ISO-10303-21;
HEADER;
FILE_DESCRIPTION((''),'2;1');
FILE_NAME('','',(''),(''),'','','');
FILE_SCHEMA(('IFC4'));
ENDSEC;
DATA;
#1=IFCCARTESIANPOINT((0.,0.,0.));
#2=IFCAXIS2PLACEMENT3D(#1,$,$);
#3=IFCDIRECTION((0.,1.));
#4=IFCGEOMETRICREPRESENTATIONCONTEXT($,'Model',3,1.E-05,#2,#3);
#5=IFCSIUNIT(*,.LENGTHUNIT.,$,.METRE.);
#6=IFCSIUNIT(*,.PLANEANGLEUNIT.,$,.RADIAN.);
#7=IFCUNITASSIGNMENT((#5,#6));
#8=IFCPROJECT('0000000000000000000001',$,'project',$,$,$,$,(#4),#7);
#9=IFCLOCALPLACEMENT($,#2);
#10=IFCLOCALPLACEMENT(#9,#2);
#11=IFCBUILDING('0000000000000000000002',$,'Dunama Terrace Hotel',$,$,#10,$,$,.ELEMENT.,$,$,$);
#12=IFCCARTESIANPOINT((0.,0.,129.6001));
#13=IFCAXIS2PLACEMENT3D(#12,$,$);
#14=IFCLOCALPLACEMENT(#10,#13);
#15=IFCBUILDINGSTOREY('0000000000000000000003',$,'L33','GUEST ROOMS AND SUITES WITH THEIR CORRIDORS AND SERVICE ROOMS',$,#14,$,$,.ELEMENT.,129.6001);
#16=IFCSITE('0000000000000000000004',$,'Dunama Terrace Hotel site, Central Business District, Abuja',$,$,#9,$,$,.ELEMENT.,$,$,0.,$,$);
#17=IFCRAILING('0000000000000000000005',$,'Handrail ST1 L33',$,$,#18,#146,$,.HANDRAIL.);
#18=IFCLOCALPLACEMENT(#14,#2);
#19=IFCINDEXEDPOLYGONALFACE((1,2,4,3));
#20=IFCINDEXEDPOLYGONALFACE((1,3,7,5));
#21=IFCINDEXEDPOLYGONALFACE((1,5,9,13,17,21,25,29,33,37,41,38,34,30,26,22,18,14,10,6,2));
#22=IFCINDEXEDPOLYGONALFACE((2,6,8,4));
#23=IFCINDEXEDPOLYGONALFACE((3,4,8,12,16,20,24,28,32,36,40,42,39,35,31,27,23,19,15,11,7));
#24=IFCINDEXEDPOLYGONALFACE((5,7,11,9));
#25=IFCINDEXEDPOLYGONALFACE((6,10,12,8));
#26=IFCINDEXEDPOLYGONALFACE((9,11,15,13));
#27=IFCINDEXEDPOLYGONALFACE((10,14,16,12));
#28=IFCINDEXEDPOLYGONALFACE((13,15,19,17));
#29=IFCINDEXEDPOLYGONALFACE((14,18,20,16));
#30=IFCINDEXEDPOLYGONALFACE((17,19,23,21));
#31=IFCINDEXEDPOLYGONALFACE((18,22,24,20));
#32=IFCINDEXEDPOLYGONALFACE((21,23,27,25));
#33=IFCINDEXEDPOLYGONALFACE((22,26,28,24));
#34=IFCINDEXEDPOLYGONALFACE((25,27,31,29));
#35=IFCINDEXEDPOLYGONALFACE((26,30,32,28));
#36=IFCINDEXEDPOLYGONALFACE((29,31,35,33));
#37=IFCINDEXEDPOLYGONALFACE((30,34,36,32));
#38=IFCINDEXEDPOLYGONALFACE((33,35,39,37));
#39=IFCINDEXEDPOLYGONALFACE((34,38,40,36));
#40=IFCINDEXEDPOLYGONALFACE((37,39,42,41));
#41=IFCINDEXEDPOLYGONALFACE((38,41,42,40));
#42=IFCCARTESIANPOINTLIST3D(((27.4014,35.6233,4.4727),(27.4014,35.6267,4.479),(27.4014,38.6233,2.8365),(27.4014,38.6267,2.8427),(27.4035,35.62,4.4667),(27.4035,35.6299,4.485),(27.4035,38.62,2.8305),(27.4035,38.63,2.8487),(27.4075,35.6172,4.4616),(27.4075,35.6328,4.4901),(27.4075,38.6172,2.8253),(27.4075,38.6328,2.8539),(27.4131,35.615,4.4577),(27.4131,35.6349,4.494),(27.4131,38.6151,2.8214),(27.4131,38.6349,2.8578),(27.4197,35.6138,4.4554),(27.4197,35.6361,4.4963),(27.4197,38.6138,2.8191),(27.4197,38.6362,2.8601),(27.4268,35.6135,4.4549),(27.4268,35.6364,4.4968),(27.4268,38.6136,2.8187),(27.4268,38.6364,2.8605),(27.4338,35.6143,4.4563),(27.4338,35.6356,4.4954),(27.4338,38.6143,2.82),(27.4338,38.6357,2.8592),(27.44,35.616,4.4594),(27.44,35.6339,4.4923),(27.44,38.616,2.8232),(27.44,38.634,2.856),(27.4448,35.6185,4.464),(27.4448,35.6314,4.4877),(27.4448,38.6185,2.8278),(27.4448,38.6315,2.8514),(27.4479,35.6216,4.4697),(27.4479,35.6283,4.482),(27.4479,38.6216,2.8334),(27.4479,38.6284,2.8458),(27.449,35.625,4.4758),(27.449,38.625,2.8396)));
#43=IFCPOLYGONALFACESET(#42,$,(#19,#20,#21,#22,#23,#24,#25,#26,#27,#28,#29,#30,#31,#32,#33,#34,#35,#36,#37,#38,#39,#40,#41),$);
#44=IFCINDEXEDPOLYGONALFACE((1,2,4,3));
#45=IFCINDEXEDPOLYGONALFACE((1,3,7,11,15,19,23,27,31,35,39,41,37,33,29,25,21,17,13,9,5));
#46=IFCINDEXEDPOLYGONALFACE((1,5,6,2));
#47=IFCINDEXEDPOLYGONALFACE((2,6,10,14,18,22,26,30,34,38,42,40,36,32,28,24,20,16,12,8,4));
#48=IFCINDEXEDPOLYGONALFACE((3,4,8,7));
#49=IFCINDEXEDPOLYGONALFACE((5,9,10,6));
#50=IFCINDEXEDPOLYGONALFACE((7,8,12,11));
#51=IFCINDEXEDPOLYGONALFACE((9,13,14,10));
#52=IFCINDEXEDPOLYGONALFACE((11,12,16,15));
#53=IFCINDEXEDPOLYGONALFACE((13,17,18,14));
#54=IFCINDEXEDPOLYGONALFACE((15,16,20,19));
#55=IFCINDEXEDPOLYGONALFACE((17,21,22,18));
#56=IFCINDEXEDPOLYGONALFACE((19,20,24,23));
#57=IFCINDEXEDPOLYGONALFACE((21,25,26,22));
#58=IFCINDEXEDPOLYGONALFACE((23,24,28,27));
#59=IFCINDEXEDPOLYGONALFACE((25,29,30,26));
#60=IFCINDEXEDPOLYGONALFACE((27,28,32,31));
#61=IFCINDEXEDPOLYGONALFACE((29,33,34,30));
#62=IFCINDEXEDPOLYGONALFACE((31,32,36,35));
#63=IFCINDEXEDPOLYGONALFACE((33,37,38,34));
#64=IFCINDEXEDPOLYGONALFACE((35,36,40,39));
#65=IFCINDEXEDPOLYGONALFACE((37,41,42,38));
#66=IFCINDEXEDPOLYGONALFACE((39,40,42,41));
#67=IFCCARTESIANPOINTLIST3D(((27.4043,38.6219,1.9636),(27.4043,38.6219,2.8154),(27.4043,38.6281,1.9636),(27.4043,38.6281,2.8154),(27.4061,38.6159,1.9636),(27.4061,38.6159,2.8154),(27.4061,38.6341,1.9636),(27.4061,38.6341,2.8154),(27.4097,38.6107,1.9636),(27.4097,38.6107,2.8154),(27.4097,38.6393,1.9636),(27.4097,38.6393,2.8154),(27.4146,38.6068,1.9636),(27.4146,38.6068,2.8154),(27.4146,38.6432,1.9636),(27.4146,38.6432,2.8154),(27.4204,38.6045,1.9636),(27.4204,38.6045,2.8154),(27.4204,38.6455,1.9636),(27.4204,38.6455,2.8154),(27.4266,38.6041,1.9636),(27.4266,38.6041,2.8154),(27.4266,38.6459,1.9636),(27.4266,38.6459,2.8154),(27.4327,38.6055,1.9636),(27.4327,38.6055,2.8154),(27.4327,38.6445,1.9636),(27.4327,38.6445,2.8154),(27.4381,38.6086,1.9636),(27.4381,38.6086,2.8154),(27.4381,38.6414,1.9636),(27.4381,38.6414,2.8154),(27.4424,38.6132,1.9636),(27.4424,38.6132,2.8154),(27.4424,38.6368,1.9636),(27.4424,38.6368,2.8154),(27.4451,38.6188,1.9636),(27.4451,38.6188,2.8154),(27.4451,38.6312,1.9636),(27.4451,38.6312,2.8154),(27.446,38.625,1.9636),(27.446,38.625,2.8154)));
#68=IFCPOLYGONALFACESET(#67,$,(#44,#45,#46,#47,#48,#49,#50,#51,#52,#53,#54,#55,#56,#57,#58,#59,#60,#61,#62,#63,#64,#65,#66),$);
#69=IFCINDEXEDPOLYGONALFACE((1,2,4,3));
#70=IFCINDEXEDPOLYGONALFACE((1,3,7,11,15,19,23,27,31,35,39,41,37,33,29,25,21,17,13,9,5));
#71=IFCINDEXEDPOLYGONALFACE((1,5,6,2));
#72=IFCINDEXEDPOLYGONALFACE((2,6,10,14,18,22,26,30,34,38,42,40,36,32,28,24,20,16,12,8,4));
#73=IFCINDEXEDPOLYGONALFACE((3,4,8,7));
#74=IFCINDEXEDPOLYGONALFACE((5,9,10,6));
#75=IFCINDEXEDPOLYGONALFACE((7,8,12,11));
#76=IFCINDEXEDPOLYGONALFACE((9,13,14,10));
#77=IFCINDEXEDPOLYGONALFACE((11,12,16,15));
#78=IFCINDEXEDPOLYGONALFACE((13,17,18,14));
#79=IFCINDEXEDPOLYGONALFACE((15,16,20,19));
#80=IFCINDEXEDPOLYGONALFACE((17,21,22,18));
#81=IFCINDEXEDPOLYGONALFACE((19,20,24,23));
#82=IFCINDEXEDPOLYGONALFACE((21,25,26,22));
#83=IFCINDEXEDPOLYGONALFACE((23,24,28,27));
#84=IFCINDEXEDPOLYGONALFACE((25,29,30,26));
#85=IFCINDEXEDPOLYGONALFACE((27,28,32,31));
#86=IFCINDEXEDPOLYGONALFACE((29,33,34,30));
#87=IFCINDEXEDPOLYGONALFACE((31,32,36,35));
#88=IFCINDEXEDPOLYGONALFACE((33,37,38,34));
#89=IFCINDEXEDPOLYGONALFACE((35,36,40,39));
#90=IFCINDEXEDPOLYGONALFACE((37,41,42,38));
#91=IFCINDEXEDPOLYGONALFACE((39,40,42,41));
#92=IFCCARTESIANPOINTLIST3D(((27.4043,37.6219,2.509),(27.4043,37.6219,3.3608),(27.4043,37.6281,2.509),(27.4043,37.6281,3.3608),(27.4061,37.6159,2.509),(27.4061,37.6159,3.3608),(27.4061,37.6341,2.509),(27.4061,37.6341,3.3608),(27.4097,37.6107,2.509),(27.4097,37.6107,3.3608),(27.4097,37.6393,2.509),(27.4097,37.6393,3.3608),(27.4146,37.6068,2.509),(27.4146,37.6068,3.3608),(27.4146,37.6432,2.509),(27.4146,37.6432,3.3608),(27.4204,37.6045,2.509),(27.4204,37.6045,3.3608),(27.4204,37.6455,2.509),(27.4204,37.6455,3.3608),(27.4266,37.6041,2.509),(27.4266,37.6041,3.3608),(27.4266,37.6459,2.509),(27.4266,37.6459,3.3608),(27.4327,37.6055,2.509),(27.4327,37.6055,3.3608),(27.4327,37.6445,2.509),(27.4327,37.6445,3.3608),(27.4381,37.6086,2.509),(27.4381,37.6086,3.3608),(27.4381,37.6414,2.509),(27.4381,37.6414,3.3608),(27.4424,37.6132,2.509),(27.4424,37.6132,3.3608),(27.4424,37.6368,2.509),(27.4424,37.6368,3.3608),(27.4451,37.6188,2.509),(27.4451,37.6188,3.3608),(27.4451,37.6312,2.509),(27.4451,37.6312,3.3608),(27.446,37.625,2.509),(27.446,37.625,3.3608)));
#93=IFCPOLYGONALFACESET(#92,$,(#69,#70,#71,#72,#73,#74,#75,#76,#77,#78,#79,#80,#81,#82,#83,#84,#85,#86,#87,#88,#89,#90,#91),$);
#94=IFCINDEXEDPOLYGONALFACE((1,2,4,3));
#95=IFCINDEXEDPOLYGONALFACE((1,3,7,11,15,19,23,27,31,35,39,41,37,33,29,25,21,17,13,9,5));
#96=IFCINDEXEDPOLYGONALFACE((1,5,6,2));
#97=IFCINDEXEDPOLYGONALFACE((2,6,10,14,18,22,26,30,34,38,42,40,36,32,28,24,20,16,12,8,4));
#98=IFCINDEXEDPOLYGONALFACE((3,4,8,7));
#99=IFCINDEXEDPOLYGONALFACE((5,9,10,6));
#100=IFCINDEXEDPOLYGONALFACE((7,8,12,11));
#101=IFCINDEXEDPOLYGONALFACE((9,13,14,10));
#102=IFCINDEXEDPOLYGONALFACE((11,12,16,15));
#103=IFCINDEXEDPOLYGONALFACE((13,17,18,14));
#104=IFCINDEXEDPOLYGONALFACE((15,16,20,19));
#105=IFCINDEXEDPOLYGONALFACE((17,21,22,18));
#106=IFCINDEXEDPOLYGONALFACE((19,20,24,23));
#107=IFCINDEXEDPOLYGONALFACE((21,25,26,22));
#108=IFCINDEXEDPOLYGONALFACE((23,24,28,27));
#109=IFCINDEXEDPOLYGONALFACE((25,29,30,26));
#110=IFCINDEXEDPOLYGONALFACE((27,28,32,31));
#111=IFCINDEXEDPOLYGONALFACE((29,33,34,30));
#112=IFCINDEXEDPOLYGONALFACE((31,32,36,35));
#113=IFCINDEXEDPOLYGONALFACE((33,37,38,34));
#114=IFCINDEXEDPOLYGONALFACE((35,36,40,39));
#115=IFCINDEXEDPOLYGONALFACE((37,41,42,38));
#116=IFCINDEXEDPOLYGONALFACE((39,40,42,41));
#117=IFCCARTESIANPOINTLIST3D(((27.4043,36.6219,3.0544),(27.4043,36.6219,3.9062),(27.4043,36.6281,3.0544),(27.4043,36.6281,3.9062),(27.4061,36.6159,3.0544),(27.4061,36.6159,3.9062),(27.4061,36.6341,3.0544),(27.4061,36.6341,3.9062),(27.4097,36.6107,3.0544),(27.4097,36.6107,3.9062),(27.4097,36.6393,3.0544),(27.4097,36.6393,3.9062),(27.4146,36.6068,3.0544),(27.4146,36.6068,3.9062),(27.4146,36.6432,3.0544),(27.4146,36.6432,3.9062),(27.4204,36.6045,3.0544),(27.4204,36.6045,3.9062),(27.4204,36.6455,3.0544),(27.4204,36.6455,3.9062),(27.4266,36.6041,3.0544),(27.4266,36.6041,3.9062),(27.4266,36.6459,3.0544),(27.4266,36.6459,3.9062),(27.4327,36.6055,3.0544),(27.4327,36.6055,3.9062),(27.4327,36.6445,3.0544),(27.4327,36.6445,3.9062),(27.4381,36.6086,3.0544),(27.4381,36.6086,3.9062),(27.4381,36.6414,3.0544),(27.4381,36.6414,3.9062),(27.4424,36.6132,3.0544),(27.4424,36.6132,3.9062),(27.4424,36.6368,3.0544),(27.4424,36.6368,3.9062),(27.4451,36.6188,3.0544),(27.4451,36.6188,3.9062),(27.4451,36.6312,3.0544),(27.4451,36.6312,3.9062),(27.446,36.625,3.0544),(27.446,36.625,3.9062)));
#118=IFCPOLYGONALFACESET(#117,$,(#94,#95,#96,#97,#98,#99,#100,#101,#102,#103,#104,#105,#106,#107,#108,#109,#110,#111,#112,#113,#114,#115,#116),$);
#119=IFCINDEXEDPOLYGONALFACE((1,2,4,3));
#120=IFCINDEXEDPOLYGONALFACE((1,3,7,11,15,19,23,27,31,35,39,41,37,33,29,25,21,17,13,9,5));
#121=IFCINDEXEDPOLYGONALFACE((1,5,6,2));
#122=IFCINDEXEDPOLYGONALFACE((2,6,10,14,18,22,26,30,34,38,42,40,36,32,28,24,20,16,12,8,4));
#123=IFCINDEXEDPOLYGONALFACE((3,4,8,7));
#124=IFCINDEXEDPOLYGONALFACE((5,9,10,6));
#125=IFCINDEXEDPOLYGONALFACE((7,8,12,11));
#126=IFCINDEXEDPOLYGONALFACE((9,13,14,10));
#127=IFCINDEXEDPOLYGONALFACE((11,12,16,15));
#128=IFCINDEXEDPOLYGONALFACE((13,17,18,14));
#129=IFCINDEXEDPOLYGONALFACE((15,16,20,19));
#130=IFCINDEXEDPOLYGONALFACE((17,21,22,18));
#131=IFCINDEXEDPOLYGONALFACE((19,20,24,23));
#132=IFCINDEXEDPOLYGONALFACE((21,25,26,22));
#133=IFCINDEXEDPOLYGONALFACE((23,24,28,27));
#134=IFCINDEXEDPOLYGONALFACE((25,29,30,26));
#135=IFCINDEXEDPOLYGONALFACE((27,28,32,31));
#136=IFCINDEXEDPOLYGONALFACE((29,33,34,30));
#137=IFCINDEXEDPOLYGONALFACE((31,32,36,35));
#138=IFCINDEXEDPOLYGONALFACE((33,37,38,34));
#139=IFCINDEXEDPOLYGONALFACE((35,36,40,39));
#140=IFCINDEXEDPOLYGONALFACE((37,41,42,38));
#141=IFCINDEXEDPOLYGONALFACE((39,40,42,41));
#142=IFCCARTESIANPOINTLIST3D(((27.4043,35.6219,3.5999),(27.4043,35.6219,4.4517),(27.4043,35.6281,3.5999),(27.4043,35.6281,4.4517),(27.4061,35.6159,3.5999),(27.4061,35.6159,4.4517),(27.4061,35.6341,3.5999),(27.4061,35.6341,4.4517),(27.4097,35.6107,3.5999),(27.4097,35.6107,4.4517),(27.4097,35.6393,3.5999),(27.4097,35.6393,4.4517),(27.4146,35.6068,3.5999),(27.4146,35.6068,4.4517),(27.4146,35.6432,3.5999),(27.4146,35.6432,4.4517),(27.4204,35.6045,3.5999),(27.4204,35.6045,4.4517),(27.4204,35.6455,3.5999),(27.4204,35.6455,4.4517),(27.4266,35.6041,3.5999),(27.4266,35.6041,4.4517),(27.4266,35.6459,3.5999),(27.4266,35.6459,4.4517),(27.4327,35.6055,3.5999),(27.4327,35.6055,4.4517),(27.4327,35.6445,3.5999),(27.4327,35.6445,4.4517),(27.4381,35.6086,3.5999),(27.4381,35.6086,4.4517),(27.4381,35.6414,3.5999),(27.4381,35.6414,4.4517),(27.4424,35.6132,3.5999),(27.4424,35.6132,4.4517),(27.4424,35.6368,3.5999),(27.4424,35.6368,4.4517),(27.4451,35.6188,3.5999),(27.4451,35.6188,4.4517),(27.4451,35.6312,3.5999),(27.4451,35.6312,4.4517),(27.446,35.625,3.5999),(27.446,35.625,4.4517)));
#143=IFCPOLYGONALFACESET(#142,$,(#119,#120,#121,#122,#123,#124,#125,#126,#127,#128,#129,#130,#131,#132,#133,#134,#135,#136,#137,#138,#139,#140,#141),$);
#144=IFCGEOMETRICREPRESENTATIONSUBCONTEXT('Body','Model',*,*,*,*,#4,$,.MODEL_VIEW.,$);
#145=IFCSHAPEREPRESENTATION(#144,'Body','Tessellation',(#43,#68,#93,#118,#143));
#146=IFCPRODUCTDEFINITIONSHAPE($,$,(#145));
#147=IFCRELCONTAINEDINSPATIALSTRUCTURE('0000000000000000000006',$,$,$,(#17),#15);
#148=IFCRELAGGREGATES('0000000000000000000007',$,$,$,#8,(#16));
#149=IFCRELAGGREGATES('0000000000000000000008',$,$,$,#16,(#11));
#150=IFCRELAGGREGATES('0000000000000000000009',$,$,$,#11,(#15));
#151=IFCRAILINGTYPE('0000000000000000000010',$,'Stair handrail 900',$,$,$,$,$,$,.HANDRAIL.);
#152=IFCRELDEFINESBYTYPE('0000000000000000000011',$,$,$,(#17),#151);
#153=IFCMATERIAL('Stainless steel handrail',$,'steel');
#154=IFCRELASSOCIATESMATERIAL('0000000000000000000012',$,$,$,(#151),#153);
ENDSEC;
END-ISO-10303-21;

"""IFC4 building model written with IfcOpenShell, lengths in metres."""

from ifc_helpers import new_model, si_unit, direction, frame, origin, origin_2d, place, context, subcontext, project, spatial, circle, extrude, material, type_object, element, save


model = new_model("IFC4")

# Units and contexts
model_context = context("Model", 3, precision=1e-05, world=origin(), true_north=direction((0.0, 1.0)))
body_context = subcontext(model_context, "Body", "Model", "MODEL_VIEW")
ifc_project = project(units=[si_unit("LENGTHUNIT", "METRE"), si_unit("PLANEANGLEUNIT", "RADIAN")], contexts=[model_context])

# Site, building, storey
site_placement = place(None, origin())
site = spatial("IfcSite", under=ifc_project, at=site_placement, Name="Dunama Terrace Hotel site, Central Business District, Abuja", CompositionType="ELEMENT", RefElevation=0.0)
building_placement = place(site_placement, origin())
building = spatial("IfcBuilding", under=site, at=building_placement, Name="Dunama Terrace Hotel", CompositionType="ELEMENT")
storey_placement = place(building_placement, frame((0.0, 0.0, 129.6001)))
storey = spatial("IfcBuildingStorey", under=building, at=storey_placement, Name="L33", Description="GUEST ROOMS AND SUITES WITH THEIR CORRIDORS AND SERVICE ROOMS", CompositionType="ELEMENT", Elevation=129.6001)

# Railing
ifc_material_1 = material(Name="Stainless steel handrail", Category="steel")
railing_type = type_object("IfcRailingType", Name="Stair handrail 900", PredefinedType="HANDRAIL", material=ifc_material_1)
railing_1_placement = place(storey_placement, frame((27.425, 38.625, 1.9636)))
element("IfcRailing", 1, at=railing_1_placement, inside=storey, type_object=railing_type, Name="Handrail ST1 L33", PredefinedType="HANDRAIL", context=body_context, shape_type="SweptSolid", body=[
    extrude(circle(Radius=0.0239, at=origin_2d()), frame((0.0, 0.0, 0.876), z_axis=(0.0, -0.877912, 0.478822), x_axis=(1.0, 0.0, 0.0)), (0.0, 0.0, 1.0), 3.4172),
    extrude(circle(Radius=0.021, at=origin_2d()), origin(), (0.0, 0.0, 1.0), 0.8518),
    extrude(circle(Radius=0.021, at=origin_2d()), frame((0.0, -1.0, 0.5454)), (0.0, 0.0, 1.0), 0.8518),
    extrude(circle(Radius=0.021, at=origin_2d()), frame((0.0, -2.0, 1.0908)), (0.0, 0.0, 1.0), 0.8518),
    extrude(circle(Radius=0.021, at=origin_2d()), frame((0.0, -3.0, 1.6362)), (0.0, 0.0, 1.0), 0.8518),
])

save(model, "model.ifc")
